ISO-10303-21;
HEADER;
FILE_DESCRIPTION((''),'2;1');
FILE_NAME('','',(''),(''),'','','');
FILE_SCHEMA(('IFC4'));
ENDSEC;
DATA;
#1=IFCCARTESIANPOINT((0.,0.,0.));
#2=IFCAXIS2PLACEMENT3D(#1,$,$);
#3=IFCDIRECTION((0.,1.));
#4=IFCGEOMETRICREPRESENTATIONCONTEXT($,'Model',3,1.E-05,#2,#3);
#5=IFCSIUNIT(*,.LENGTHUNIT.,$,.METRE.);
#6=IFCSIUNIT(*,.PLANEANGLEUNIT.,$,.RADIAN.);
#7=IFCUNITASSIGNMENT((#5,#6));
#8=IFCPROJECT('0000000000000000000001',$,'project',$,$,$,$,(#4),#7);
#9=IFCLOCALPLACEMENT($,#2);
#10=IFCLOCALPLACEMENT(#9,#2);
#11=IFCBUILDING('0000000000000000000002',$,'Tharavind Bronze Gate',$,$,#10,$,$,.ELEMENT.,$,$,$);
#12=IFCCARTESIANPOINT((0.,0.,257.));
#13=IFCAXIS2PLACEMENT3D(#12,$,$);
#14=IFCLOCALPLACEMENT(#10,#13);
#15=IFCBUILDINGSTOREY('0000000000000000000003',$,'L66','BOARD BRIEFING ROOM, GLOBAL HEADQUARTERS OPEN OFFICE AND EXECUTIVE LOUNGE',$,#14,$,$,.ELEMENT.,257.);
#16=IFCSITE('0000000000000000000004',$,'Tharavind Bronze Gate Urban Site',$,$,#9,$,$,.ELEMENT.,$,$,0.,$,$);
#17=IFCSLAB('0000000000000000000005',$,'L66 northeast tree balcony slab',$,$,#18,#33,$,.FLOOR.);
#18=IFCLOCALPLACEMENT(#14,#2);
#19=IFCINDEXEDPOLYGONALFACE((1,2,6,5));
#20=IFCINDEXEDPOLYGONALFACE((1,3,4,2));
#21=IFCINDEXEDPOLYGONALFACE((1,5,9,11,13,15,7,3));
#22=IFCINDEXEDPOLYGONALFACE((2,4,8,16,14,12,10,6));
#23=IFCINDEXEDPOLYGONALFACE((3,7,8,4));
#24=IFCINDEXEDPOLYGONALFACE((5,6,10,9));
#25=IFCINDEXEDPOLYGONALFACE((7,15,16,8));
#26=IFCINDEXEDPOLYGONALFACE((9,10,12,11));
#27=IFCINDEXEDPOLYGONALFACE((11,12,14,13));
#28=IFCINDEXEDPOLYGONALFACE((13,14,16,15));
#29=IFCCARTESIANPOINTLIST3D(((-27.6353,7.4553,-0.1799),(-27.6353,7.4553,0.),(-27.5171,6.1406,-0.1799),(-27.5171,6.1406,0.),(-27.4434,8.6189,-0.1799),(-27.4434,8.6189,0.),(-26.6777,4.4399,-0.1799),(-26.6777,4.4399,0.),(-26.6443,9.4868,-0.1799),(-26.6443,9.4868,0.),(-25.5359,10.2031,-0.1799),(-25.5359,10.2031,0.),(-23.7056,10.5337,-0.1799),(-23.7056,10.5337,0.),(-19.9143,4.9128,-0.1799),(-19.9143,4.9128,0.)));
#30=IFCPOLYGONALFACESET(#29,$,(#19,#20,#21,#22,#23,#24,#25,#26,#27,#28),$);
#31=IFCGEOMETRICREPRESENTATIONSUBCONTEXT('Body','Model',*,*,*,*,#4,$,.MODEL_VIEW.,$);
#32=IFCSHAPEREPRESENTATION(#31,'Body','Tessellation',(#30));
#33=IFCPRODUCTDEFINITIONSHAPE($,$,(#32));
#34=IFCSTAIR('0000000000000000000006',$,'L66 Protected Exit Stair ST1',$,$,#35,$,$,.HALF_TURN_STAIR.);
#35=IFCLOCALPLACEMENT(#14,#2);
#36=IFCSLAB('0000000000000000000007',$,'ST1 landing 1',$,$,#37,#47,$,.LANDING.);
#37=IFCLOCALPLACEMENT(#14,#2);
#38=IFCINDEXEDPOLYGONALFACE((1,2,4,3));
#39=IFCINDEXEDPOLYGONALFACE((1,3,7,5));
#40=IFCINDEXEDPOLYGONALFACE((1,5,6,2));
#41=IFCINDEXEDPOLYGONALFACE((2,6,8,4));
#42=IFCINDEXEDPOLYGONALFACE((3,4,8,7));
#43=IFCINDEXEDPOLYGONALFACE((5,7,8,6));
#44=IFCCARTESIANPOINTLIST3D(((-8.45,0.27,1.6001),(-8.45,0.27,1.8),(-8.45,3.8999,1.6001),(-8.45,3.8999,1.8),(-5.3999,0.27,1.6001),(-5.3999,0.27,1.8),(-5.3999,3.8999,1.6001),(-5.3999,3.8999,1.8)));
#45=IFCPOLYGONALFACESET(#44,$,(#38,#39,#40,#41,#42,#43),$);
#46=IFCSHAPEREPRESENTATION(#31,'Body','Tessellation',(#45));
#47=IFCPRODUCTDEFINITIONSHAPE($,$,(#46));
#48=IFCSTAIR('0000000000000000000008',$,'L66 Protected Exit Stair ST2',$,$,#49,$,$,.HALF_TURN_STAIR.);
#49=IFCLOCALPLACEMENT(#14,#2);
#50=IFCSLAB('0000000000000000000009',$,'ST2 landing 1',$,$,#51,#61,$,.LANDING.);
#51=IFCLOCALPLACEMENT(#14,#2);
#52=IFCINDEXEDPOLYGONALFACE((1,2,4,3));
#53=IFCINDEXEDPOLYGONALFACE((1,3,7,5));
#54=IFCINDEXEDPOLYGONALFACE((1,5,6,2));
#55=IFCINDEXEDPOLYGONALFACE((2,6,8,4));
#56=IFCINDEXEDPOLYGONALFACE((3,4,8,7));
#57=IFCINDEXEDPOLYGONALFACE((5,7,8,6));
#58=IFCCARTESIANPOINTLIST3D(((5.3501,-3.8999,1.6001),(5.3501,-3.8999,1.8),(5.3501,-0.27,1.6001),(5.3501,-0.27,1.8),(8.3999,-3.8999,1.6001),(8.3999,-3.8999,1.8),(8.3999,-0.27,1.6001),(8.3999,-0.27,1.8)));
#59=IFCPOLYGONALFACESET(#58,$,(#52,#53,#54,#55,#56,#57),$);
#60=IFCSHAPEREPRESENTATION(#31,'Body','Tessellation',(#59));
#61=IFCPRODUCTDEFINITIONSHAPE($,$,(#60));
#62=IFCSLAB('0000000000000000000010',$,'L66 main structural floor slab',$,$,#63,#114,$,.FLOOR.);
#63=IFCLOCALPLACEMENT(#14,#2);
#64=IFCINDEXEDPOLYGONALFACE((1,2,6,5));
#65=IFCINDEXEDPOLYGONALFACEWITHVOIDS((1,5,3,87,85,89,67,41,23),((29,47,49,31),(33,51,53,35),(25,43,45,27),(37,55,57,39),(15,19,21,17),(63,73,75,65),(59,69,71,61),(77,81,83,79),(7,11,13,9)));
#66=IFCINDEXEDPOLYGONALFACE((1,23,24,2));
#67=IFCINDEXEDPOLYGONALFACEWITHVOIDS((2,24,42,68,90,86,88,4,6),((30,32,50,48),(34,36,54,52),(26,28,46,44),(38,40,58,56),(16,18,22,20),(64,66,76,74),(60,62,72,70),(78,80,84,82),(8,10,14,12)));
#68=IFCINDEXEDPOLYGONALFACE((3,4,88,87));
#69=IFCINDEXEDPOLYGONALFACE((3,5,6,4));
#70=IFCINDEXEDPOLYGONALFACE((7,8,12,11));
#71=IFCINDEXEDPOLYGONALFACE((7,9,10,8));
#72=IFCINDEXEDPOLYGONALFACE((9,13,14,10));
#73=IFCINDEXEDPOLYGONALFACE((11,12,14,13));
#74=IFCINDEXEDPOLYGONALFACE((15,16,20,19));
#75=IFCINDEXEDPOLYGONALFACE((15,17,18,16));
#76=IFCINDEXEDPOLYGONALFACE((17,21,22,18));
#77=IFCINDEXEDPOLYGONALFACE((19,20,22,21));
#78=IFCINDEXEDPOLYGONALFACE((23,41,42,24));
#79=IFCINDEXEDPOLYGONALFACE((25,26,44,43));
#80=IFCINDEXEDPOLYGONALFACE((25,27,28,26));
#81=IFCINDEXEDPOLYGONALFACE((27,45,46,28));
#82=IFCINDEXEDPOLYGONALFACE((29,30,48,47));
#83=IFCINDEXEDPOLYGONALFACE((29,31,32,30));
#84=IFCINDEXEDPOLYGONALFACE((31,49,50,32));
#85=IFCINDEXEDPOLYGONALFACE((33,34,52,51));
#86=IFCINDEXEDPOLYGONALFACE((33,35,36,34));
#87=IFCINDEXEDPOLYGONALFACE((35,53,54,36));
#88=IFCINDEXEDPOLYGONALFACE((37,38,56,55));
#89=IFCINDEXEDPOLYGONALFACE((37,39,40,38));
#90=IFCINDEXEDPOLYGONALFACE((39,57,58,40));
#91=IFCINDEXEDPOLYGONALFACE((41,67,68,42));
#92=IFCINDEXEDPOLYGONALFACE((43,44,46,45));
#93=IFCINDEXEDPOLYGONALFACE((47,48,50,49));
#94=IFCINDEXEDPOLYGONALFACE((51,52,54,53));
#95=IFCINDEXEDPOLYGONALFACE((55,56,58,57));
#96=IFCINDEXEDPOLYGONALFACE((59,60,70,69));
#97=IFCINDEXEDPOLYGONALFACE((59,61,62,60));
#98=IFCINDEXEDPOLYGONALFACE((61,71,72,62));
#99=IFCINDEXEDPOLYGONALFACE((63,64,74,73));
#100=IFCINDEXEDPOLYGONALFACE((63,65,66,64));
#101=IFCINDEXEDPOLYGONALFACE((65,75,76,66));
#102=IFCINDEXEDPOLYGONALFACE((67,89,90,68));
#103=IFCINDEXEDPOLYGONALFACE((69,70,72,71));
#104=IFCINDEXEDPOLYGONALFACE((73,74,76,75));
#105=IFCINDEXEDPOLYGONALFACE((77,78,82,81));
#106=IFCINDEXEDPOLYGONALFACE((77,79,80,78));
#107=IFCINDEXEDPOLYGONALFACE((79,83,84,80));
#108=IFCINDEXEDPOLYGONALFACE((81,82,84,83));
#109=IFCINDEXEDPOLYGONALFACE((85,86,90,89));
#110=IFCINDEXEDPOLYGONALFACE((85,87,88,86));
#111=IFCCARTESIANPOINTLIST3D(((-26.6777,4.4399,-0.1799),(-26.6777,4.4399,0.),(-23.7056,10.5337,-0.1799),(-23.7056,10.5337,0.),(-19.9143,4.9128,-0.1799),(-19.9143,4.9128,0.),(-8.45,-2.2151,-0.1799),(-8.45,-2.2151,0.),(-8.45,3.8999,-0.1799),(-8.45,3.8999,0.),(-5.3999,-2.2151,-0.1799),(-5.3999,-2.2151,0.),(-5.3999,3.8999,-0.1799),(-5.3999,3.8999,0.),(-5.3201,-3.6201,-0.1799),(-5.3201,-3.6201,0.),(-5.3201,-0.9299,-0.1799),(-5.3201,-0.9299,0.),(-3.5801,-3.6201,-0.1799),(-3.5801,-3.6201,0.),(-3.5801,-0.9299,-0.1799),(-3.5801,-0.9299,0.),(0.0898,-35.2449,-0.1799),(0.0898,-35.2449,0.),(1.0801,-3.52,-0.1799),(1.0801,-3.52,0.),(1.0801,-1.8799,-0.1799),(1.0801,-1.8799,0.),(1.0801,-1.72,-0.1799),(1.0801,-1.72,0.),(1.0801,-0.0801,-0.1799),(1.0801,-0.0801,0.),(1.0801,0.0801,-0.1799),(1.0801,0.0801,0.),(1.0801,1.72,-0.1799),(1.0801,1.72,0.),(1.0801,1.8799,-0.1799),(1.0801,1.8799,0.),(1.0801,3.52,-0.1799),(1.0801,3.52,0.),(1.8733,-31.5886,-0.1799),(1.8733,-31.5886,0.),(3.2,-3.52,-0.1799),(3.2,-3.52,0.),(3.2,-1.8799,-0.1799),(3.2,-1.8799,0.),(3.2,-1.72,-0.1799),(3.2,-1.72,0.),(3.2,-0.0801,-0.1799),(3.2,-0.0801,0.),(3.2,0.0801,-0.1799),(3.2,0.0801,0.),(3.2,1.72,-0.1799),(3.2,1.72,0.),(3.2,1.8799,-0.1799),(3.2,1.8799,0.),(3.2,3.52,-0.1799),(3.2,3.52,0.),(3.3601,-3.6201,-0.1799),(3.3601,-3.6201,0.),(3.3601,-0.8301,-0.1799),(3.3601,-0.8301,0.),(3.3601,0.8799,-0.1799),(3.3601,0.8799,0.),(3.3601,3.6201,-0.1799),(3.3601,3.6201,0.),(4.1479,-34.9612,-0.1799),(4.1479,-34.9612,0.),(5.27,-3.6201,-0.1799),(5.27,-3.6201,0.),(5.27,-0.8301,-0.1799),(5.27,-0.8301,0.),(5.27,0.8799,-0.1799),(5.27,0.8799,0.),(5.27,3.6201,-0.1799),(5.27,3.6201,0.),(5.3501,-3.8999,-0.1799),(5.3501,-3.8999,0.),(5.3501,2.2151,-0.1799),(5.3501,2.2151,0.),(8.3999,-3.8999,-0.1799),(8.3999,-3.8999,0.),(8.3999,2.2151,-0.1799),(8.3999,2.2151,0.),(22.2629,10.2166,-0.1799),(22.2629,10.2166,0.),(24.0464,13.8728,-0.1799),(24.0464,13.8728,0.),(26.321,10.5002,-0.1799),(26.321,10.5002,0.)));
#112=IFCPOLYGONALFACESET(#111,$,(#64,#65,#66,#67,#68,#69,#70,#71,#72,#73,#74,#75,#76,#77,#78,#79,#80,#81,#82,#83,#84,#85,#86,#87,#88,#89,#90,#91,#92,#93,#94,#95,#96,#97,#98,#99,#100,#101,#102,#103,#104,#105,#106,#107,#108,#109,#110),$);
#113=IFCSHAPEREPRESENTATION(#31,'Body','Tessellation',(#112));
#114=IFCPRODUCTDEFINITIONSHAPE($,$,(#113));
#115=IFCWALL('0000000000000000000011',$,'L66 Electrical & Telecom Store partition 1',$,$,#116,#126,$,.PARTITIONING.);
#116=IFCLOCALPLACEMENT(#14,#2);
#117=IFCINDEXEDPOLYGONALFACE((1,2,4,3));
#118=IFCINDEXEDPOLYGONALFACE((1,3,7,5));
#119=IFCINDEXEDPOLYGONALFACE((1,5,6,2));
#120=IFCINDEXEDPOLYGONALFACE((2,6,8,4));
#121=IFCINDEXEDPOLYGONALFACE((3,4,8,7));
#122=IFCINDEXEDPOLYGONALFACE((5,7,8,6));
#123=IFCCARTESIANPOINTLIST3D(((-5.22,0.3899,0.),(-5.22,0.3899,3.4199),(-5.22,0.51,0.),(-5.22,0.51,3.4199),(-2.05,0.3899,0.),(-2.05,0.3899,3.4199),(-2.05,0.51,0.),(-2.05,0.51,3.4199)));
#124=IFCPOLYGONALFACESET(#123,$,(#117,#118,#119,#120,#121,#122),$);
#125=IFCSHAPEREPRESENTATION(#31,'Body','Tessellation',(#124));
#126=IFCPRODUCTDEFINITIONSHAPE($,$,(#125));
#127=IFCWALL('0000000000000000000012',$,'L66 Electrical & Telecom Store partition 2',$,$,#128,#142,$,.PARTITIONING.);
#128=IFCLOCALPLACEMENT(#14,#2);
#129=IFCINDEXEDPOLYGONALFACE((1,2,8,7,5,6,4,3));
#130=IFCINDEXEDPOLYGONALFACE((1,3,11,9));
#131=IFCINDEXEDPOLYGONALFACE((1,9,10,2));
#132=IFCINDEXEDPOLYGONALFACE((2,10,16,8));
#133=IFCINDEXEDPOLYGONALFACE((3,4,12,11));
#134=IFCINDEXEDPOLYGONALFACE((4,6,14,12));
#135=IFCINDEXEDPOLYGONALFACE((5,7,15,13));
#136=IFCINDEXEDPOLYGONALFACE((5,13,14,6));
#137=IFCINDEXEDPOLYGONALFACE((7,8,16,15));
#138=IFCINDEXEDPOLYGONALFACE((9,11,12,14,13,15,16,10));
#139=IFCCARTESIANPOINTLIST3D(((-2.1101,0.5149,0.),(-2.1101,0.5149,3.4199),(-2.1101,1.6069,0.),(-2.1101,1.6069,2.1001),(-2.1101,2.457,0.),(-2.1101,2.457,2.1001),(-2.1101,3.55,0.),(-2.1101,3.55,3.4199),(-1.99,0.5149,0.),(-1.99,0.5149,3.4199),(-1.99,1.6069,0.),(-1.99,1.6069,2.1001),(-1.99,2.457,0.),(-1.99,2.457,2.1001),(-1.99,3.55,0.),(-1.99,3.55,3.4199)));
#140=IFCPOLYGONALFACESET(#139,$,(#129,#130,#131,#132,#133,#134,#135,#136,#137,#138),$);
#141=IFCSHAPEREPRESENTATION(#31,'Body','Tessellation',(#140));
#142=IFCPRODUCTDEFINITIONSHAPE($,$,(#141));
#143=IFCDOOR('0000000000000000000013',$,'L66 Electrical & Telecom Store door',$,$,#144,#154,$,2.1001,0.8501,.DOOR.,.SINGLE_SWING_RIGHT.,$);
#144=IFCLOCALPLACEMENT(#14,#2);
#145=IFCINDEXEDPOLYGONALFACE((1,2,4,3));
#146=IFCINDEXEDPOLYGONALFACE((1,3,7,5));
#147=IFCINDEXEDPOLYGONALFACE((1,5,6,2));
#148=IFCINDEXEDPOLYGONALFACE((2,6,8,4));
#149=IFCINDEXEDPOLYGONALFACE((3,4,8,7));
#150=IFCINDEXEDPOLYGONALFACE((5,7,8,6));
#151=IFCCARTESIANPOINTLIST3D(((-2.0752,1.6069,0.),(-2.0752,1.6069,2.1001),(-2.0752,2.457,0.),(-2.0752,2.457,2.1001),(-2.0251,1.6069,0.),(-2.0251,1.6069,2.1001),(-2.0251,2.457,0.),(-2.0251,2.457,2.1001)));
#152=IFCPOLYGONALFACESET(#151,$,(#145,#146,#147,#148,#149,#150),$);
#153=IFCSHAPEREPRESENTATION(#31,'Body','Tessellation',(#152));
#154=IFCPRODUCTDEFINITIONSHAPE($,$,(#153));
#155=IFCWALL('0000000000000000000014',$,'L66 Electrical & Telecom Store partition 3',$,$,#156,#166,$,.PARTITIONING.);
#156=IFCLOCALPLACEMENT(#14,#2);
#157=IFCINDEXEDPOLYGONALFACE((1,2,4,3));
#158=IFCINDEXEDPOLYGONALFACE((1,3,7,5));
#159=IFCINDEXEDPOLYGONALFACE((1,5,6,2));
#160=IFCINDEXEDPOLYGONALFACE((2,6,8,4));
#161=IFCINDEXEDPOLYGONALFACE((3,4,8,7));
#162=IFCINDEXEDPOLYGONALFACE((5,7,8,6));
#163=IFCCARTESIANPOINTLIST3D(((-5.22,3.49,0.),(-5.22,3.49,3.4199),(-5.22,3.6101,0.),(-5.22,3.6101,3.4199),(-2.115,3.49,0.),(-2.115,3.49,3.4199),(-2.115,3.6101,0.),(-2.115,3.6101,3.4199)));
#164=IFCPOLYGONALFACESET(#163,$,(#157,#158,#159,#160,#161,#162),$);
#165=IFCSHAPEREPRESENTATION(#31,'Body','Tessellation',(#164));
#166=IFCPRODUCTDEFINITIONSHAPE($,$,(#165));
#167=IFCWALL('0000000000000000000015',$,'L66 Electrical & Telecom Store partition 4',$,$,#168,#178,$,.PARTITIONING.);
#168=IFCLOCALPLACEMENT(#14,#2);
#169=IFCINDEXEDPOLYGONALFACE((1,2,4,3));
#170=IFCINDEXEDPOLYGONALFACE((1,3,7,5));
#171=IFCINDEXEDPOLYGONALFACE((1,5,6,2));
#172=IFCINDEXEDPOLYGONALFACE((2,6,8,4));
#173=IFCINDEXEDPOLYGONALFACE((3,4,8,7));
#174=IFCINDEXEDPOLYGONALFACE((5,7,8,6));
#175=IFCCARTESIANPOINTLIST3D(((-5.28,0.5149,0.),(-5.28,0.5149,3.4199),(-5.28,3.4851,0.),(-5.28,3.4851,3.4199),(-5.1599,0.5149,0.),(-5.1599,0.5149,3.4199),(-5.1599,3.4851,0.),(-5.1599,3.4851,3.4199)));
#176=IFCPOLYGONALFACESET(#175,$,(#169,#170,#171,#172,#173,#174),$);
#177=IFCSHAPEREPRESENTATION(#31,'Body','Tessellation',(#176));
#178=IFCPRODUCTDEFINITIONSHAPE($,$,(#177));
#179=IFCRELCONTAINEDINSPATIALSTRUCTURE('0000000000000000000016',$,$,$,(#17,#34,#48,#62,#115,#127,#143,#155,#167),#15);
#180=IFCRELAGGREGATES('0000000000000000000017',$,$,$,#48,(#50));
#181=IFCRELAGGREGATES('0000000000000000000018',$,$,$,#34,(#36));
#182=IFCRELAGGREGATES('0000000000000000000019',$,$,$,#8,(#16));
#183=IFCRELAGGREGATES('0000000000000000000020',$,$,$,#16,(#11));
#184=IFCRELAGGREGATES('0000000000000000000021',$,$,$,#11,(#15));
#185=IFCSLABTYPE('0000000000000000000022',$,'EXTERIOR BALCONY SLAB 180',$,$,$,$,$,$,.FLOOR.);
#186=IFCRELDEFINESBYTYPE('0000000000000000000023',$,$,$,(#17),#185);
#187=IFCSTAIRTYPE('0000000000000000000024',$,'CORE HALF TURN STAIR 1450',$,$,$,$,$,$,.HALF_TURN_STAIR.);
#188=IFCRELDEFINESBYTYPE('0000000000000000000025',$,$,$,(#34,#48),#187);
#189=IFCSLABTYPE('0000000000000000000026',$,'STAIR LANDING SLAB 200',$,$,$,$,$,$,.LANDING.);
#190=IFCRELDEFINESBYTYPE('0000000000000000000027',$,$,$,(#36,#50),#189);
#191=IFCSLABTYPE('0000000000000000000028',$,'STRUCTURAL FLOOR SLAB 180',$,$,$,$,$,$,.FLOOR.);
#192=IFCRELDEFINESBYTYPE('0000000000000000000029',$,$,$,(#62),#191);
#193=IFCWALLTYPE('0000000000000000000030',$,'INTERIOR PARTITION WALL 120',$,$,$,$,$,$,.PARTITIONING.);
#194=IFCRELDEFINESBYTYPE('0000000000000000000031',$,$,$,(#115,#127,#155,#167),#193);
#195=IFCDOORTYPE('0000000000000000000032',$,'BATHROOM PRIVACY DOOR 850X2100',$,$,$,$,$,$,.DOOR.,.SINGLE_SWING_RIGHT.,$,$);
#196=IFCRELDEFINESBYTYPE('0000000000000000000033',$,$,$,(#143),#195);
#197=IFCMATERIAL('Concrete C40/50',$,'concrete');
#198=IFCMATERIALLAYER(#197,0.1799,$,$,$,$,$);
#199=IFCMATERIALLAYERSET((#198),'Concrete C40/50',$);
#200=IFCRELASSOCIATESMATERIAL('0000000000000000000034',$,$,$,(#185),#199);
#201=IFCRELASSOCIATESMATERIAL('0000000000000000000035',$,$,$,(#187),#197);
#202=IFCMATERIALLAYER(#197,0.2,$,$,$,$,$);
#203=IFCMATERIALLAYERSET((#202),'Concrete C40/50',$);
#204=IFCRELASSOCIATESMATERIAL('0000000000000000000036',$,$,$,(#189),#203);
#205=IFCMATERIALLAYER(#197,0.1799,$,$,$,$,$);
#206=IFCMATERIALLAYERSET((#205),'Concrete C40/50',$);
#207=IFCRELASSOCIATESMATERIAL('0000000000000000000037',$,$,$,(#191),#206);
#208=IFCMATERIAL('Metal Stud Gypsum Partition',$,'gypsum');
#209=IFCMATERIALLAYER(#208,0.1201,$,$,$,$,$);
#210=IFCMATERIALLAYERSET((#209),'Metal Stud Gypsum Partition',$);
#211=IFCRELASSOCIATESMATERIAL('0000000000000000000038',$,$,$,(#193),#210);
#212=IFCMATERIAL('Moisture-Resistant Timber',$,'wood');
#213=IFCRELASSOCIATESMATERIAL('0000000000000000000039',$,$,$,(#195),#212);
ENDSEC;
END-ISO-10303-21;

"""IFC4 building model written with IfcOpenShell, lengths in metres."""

from ifc_helpers import new_model, si_unit, direction, frame, frame_2d, origin, place, context, subcontext, project, spatial, polyline, rectangle, outline, extrude, material, layer, layer_set, type_object, element, fill, aggregate, save


model = new_model("IFC4")

# Units and contexts
model_context = context("Model", 3, precision=1e-05, world=origin(), true_north=direction((0.0, 1.0)))
body_context = subcontext(model_context, "Body", "Model", "MODEL_VIEW")
ifc_project = project(units=[si_unit("LENGTHUNIT", "METRE"), si_unit("PLANEANGLEUNIT", "RADIAN")], contexts=[model_context])

# Site, building, storey
site_placement = place(None, origin())
site = spatial("IfcSite", under=ifc_project, at=site_placement, Name="Tharavind Bronze Gate Urban Site", CompositionType="ELEMENT", RefElevation=0.0)
building_placement = place(site_placement, origin())
building = spatial("IfcBuilding", under=site, at=building_placement, Name="Tharavind Bronze Gate", CompositionType="ELEMENT")
storey_placement = place(building_placement, frame((0.0, 0.0, 257.0)))
storey = spatial("IfcBuildingStorey", under=building, at=storey_placement, Name="L66", Description="BOARD BRIEFING ROOM, GLOBAL HEADQUARTERS OPEN OFFICE AND EXECUTIVE LOUNGE", CompositionType="ELEMENT", Elevation=257.0)

# Slab
ifc_material_1 = material(Name="Concrete C40/50", Category="concrete")
ifc_layer_1 = layer(ifc_material_1, 0.1799)
ifc_layer_set_1 = layer_set([ifc_layer_1], Name="Concrete C40/50")
slab_type_1 = type_object("IfcSlabType", Name="EXTERIOR BALCONY SLAB 180", PredefinedType="FLOOR", material=ifc_layer_set_1)
slab_1_placement = place(storey_placement, frame((0.0, 0.0, -0.1799)))
element("IfcSlab", 1, at=slab_1_placement, inside=storey, type_object=slab_type_1, Name="L66 northeast tree balcony slab", PredefinedType="FLOOR", context=body_context, shape_type="SweptSolid", body=[
    extrude(outline(polyline([(-25.5359, 10.2031), (-26.6443, 9.4868), (-27.4434, 8.6189), (-27.6353, 7.4553), (-27.5171, 6.1406), (-26.6777, 4.4399), (-19.9143, 4.9128), (-23.7056, 10.5337), (-25.5359, 10.2031)])), origin(), (0.0, 0.0, 1.0), 0.1799),
])

# Stairs, slabs
stair_type = type_object("IfcStairType", Name="CORE HALF TURN STAIR 1450", PredefinedType="HALF_TURN_STAIR", material=ifc_material_1)
stair_1_placement = place(storey_placement, origin())
stair_1 = element("IfcStair", 2, at=stair_1_placement, inside=storey, type_object=stair_type, Name="L66 Protected Exit Stair ST1", PredefinedType="HALF_TURN_STAIR")
ifc_layer_2 = layer(ifc_material_1, 0.2)
ifc_layer_set_2 = layer_set([ifc_layer_2], Name="Concrete C40/50")
slab_type_2 = type_object("IfcSlabType", Name="STAIR LANDING SLAB 200", PredefinedType="LANDING", material=ifc_layer_set_2)
slab_2_placement = place(storey_placement, frame((0.0, 0.0, 1.6001)))
slab_2 = element("IfcSlab", 3, at=slab_2_placement, type_object=slab_type_2, Name="ST1 landing 1", PredefinedType="LANDING", context=body_context, shape_type="SweptSolid", body=[
    extrude(outline(polyline([(-5.3999, 0.27), (-5.3999, 3.8999), (-8.45, 3.8999), (-8.45, 0.27), (-5.3999, 0.27)])), origin(), (0.0, 0.0, 1.0), 0.2),
])
stair_2_placement = place(storey_placement, origin())
stair_2 = element("IfcStair", 4, at=stair_2_placement, inside=storey, type_object=stair_type, Name="L66 Protected Exit Stair ST2", PredefinedType="HALF_TURN_STAIR")
slab_3_placement = place(storey_placement, frame((0.0, 0.0, 1.6001)))
slab_3 = element("IfcSlab", 5, at=slab_3_placement, type_object=slab_type_2, Name="ST2 landing 1", PredefinedType="LANDING", context=body_context, shape_type="SweptSolid", body=[
    extrude(outline(polyline([(5.3501, -0.27), (5.3501, -3.8999), (8.3999, -3.8999), (8.3999, -0.27), (5.3501, -0.27)])), origin(), (0.0, 0.0, 1.0), 0.2),
])
aggregate(stair_2, [slab_3])

# Slab
ifc_layer_3 = layer(ifc_material_1, 0.1799)
ifc_layer_set_3 = layer_set([ifc_layer_3], Name="Concrete C40/50")
slab_type_3 = type_object("IfcSlabType", Name="STRUCTURAL FLOOR SLAB 180", PredefinedType="FLOOR", material=ifc_layer_set_3)
slab_4_placement = place(storey_placement, frame((0.0, 0.0, -0.1799)))
element("IfcSlab", 6, at=slab_4_placement, inside=storey, type_object=slab_type_3, Name="L66 main structural floor slab", PredefinedType="FLOOR", context=body_context, shape_type="SweptSolid", body=[
    extrude(outline(polyline([(-23.7056, 10.5337), (-19.9143, 4.9128), (-26.6777, 4.4399), (0.0898, -35.2449), (1.8733, -31.5886), (4.1479, -34.9612), (26.321, 10.5002), (22.2629, 10.2166), (24.0464, 13.8728), (-23.7056, 10.5337)]), holes=[polyline([(-5.3999, -2.2151), (-5.3999, 3.8999), (-8.45, 3.8999), (-8.45, -2.2151), (-5.3999, -2.2151)]), polyline([(5.3501, 2.2151), (5.3501, -3.8999), (8.3999, -3.8999), (8.3999, 2.2151), (5.3501, 2.2151)]), polyline([(1.0801, -3.52), (3.2, -3.52), (3.2, -1.8799), (1.0801, -1.8799), (1.0801, -3.52)]), polyline([(1.0801, -1.72), (3.2, -1.72), (3.2, -0.0801), (1.0801, -0.0801), (1.0801, -1.72)]), polyline([(1.0801, 0.0801), (3.2, 0.0801), (3.2, 1.72), (1.0801, 1.72), (1.0801, 0.0801)]), polyline([(1.0801, 1.8799), (3.2, 1.8799), (3.2, 3.52), (1.0801, 3.52), (1.0801, 1.8799)]), polyline([(-5.3201, -3.6201), (-3.5801, -3.6201), (-3.5801, -0.9299), (-5.3201, -0.9299), (-5.3201, -3.6201)]), polyline([(3.3601, 0.8799), (5.27, 0.8799), (5.27, 3.6201), (3.3601, 3.6201), (3.3601, 0.8799)]), polyline([(3.3601, -3.6201), (5.27, -3.6201), (5.27, -0.8301), (3.3601, -0.8301), (3.3601, -3.6201)])]), origin(), (0.0, 0.0, 1.0), 0.1799),
])

# Wall
ifc_material_2 = material(Name="Metal Stud Gypsum Partition", Category="gypsum")
ifc_layer_4 = layer(ifc_material_2, 0.1201)
ifc_layer_set_4 = layer_set([ifc_layer_4], Name="Metal Stud Gypsum Partition")
wall_type = type_object("IfcWallType", Name="INTERIOR PARTITION WALL 120", PredefinedType="PARTITIONING", material=ifc_layer_set_4)
wall_1_placement = place(storey_placement, frame((-5.22, 0.45, 0.0), z_axis=(0.0, 0.0, 1.0), x_axis=(1.0, 0.0, 0.0)))
element("IfcWall", 7, at=wall_1_placement, inside=storey, type_object=wall_type, Name="L66 Electrical & Telecom Store partition 1", PredefinedType="PARTITIONING", context=body_context, shape_type="SweptSolid", body=[
    extrude(rectangle(XDim=3.1699, YDim=0.1201, at=frame_2d((1.585, 0.0))), origin(), (0.0, 0.0, 1.0), 3.4199),
])

# Wall, opening, door
wall_2_placement = place(storey_placement, frame((-2.05, 0.5149, 0.0), z_axis=(0.0, 0.0, 1.0), x_axis=(0.0, 1.0, 0.0)))
wall_2 = element("IfcWall", 8, at=wall_2_placement, inside=storey, type_object=wall_type, Name="L66 Electrical & Telecom Store partition 2", PredefinedType="PARTITIONING", context=body_context, shape_type="SweptSolid", body=[
    extrude(rectangle(XDim=3.0352, YDim=0.1201, at=frame_2d((1.5176, 0.0))), origin(), (0.0, 0.0, 1.0), 3.4199),
])
opening_placement = place(wall_2_placement, frame((1.092, 0.0, 0.0)))
opening = element("IfcOpeningElement", 9, at=opening_placement, cuts=wall_2, PredefinedType="OPENING", context=body_context, shape_type="SweptSolid", body=[
    extrude(rectangle(XDim=0.8501, YDim=2.1001, at=frame_2d((0.425, 1.05))), frame((0.0, 0.0701, 0.0), z_axis=(0.0, -1.0, 0.0), x_axis=(1.0, 0.0, 0.0)), (0.0, 0.0, 1.0), 0.1401),
])
ifc_material_3 = material(Name="Moisture-Resistant Timber", Category="wood")
door_type = type_object("IfcDoorType", Name="BATHROOM PRIVACY DOOR 850X2100", OperationType="SINGLE_SWING_RIGHT", PredefinedType="DOOR", material=ifc_material_3)
door_placement = place(opening_placement, frame((0.8501, 0.0, 0.0), z_axis=(0.0, 0.0, 1.0), x_axis=(-1.0, 0.0, 0.0)))
door = element("IfcDoor", 10, at=door_placement, inside=storey, type_object=door_type, Name="L66 Electrical & Telecom Store door", OperationType="SINGLE_SWING_RIGHT", OverallHeight=2.1001, OverallWidth=0.8501, PredefinedType="DOOR", context=body_context, shape_type="SweptSolid", body=[
    extrude(rectangle(XDim=0.8501, YDim=2.1001, at=frame_2d((0.425, 1.05))), frame((0.0, 0.0249, 0.0), z_axis=(0.0, -1.0, 0.0), x_axis=(1.0, 0.0, 0.0)), (0.0, 0.0, 1.0), 0.05),
])
fill(opening, door)

# Walls
wall_3_placement = place(storey_placement, frame((-2.115, 3.55, 0.0), z_axis=(0.0, 0.0, 1.0), x_axis=(-1.0, 0.0, 0.0)))
element("IfcWall", 11, at=wall_3_placement, inside=storey, type_object=wall_type, Name="L66 Electrical & Telecom Store partition 3", PredefinedType="PARTITIONING", context=body_context, shape_type="SweptSolid", body=[
    extrude(rectangle(XDim=3.105, YDim=0.1201, at=frame_2d((1.5525, 0.0))), origin(), (0.0, 0.0, 1.0), 3.4199),
])
wall_4_placement = place(storey_placement, frame((-5.22, 3.4851, 0.0), z_axis=(0.0, 0.0, 1.0), x_axis=(0.0, -1.0, 0.0)))
element("IfcWall", 12, at=wall_4_placement, inside=storey, type_object=wall_type, Name="L66 Electrical & Telecom Store partition 4", PredefinedType="PARTITIONING", context=body_context, shape_type="SweptSolid", body=[
    extrude(rectangle(XDim=2.9702, YDim=0.1201, at=frame_2d((1.4851, 0.0))), origin(), (0.0, 0.0, 1.0), 3.4199),
])

aggregate(stair_1, [slab_2])

save(model, "model.ifc")
